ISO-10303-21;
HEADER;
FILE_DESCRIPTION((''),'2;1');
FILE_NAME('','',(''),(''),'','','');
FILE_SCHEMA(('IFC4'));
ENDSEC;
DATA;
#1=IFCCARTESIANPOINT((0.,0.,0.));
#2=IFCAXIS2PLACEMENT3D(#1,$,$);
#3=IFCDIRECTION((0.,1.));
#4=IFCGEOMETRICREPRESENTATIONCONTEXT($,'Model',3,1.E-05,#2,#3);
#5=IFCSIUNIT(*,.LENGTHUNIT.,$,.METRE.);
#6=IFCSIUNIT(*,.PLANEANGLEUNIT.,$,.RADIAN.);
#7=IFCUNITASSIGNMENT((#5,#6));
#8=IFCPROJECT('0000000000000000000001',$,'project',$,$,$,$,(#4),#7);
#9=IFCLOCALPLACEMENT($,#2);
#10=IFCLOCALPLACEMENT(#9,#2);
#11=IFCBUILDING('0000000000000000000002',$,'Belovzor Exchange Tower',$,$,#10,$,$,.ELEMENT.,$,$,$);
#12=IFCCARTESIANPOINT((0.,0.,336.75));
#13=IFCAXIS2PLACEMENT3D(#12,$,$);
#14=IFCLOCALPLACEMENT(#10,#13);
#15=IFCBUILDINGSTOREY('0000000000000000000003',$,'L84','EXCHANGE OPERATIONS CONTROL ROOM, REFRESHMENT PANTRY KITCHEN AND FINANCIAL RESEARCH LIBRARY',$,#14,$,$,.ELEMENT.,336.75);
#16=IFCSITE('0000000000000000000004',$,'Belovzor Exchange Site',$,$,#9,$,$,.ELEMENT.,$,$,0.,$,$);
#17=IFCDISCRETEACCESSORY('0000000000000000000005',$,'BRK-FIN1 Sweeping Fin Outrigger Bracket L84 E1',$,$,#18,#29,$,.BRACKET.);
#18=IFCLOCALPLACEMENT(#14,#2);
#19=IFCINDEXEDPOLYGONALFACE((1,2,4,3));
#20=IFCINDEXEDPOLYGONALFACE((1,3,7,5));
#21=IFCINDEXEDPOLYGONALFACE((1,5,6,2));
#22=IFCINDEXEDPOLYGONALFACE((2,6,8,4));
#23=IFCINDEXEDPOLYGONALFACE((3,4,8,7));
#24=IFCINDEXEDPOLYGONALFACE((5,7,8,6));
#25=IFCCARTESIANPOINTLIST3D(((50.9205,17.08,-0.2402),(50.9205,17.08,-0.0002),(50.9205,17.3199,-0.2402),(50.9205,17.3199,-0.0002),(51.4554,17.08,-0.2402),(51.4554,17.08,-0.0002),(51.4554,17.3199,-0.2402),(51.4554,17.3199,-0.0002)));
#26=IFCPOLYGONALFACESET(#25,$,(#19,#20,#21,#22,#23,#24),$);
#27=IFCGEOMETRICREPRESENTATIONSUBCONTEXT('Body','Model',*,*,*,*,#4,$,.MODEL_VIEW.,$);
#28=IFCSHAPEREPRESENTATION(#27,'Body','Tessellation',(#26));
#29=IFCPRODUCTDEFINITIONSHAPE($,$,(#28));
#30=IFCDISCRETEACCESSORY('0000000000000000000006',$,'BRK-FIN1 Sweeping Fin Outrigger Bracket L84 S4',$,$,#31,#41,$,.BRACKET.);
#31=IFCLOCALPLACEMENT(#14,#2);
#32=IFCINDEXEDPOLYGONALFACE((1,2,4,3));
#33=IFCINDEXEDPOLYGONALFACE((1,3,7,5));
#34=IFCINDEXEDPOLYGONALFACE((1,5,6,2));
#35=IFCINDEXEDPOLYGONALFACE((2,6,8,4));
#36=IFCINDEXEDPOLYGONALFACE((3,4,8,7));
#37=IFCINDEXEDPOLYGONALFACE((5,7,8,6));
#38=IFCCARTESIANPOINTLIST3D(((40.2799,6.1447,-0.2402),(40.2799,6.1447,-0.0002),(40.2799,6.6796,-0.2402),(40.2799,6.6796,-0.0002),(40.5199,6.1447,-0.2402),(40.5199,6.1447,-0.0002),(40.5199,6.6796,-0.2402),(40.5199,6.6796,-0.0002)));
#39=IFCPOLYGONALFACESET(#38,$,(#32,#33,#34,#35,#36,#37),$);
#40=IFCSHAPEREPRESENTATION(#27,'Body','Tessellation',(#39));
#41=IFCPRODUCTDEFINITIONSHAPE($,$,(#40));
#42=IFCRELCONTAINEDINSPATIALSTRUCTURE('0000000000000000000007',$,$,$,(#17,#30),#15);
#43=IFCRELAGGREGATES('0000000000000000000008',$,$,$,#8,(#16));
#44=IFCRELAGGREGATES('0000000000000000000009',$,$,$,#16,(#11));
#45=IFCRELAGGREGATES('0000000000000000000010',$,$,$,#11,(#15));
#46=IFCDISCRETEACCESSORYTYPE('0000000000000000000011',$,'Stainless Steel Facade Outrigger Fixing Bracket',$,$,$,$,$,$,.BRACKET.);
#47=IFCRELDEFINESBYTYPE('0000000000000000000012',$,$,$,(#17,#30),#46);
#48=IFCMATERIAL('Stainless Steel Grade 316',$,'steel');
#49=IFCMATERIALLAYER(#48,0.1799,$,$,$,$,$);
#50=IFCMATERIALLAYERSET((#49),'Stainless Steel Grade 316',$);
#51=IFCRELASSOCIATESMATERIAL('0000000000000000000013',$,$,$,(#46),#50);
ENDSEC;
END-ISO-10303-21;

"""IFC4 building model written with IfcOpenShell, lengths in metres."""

from ifc_helpers import new_model, si_unit, direction, frame, origin, origin_2d, place, context, subcontext, project, spatial, rectangle, extrude, material, layer, layer_set, type_object, element, save


model = new_model("IFC4")

# Units and contexts
model_context = context("Model", 3, precision=1e-05, world=origin(), true_north=direction((0.0, 1.0)))
body_context = subcontext(model_context, "Body", "Model", "MODEL_VIEW")
ifc_project = project(units=[si_unit("LENGTHUNIT", "METRE"), si_unit("PLANEANGLEUNIT", "RADIAN")], contexts=[model_context])

# Site, building, storey
site_placement = place(None, origin())
site = spatial("IfcSite", under=ifc_project, at=site_placement, Name="Belovzor Exchange Site", CompositionType="ELEMENT", RefElevation=0.0)
building_placement = place(site_placement, origin())
building = spatial("IfcBuilding", under=site, at=building_placement, Name="Belovzor Exchange Tower", CompositionType="ELEMENT")
storey_placement = place(building_placement, frame((0.0, 0.0, 336.75)))
storey = spatial("IfcBuildingStorey", under=building, at=storey_placement, Name="L84", Description="EXCHANGE OPERATIONS CONTROL ROOM, REFRESHMENT PANTRY KITCHEN AND FINANCIAL RESEARCH LIBRARY", CompositionType="ELEMENT", Elevation=336.75)

# Discrete accessories
ifc_material_1 = material(Name="Stainless Steel Grade 316", Category="steel")
ifc_layer_1 = layer(ifc_material_1, 0.1799)
ifc_layer_set_1 = layer_set([ifc_layer_1], Name="Stainless Steel Grade 316")
discrete_accessory_type = type_object("IfcDiscreteAccessoryType", Name="Stainless Steel Facade Outrigger Fixing Bracket", PredefinedType="BRACKET", material=ifc_layer_set_1)
for number, where, z_axis, x_axis, name in (
    (1, (51.188, 17.2, -0.2402), (0.0, 0.0, 1.0), (1.0, 0.0, 0.0), "BRK-FIN1 Sweeping Fin Outrigger Bracket L84 E1"),
    (2, (40.3999, 6.4121, -0.2402), (0.0, 0.0, 1.0), (0.0, 1.0, 0.0), "BRK-FIN1 Sweeping Fin Outrigger Bracket L84 S4"),
):
    element("IfcDiscreteAccessory", number, at=place(storey_placement, frame(where, z_axis=z_axis, x_axis=x_axis)), inside=storey, type_object=discrete_accessory_type, Name=name, PredefinedType="BRACKET", context=body_context, shape_type="SweptSolid", body=[
        extrude(rectangle(XDim=0.5349, YDim=0.24, at=origin_2d()), origin(), (0.0, 0.0, 1.0), 0.24),
    ])

save(model, "model.ifc")
